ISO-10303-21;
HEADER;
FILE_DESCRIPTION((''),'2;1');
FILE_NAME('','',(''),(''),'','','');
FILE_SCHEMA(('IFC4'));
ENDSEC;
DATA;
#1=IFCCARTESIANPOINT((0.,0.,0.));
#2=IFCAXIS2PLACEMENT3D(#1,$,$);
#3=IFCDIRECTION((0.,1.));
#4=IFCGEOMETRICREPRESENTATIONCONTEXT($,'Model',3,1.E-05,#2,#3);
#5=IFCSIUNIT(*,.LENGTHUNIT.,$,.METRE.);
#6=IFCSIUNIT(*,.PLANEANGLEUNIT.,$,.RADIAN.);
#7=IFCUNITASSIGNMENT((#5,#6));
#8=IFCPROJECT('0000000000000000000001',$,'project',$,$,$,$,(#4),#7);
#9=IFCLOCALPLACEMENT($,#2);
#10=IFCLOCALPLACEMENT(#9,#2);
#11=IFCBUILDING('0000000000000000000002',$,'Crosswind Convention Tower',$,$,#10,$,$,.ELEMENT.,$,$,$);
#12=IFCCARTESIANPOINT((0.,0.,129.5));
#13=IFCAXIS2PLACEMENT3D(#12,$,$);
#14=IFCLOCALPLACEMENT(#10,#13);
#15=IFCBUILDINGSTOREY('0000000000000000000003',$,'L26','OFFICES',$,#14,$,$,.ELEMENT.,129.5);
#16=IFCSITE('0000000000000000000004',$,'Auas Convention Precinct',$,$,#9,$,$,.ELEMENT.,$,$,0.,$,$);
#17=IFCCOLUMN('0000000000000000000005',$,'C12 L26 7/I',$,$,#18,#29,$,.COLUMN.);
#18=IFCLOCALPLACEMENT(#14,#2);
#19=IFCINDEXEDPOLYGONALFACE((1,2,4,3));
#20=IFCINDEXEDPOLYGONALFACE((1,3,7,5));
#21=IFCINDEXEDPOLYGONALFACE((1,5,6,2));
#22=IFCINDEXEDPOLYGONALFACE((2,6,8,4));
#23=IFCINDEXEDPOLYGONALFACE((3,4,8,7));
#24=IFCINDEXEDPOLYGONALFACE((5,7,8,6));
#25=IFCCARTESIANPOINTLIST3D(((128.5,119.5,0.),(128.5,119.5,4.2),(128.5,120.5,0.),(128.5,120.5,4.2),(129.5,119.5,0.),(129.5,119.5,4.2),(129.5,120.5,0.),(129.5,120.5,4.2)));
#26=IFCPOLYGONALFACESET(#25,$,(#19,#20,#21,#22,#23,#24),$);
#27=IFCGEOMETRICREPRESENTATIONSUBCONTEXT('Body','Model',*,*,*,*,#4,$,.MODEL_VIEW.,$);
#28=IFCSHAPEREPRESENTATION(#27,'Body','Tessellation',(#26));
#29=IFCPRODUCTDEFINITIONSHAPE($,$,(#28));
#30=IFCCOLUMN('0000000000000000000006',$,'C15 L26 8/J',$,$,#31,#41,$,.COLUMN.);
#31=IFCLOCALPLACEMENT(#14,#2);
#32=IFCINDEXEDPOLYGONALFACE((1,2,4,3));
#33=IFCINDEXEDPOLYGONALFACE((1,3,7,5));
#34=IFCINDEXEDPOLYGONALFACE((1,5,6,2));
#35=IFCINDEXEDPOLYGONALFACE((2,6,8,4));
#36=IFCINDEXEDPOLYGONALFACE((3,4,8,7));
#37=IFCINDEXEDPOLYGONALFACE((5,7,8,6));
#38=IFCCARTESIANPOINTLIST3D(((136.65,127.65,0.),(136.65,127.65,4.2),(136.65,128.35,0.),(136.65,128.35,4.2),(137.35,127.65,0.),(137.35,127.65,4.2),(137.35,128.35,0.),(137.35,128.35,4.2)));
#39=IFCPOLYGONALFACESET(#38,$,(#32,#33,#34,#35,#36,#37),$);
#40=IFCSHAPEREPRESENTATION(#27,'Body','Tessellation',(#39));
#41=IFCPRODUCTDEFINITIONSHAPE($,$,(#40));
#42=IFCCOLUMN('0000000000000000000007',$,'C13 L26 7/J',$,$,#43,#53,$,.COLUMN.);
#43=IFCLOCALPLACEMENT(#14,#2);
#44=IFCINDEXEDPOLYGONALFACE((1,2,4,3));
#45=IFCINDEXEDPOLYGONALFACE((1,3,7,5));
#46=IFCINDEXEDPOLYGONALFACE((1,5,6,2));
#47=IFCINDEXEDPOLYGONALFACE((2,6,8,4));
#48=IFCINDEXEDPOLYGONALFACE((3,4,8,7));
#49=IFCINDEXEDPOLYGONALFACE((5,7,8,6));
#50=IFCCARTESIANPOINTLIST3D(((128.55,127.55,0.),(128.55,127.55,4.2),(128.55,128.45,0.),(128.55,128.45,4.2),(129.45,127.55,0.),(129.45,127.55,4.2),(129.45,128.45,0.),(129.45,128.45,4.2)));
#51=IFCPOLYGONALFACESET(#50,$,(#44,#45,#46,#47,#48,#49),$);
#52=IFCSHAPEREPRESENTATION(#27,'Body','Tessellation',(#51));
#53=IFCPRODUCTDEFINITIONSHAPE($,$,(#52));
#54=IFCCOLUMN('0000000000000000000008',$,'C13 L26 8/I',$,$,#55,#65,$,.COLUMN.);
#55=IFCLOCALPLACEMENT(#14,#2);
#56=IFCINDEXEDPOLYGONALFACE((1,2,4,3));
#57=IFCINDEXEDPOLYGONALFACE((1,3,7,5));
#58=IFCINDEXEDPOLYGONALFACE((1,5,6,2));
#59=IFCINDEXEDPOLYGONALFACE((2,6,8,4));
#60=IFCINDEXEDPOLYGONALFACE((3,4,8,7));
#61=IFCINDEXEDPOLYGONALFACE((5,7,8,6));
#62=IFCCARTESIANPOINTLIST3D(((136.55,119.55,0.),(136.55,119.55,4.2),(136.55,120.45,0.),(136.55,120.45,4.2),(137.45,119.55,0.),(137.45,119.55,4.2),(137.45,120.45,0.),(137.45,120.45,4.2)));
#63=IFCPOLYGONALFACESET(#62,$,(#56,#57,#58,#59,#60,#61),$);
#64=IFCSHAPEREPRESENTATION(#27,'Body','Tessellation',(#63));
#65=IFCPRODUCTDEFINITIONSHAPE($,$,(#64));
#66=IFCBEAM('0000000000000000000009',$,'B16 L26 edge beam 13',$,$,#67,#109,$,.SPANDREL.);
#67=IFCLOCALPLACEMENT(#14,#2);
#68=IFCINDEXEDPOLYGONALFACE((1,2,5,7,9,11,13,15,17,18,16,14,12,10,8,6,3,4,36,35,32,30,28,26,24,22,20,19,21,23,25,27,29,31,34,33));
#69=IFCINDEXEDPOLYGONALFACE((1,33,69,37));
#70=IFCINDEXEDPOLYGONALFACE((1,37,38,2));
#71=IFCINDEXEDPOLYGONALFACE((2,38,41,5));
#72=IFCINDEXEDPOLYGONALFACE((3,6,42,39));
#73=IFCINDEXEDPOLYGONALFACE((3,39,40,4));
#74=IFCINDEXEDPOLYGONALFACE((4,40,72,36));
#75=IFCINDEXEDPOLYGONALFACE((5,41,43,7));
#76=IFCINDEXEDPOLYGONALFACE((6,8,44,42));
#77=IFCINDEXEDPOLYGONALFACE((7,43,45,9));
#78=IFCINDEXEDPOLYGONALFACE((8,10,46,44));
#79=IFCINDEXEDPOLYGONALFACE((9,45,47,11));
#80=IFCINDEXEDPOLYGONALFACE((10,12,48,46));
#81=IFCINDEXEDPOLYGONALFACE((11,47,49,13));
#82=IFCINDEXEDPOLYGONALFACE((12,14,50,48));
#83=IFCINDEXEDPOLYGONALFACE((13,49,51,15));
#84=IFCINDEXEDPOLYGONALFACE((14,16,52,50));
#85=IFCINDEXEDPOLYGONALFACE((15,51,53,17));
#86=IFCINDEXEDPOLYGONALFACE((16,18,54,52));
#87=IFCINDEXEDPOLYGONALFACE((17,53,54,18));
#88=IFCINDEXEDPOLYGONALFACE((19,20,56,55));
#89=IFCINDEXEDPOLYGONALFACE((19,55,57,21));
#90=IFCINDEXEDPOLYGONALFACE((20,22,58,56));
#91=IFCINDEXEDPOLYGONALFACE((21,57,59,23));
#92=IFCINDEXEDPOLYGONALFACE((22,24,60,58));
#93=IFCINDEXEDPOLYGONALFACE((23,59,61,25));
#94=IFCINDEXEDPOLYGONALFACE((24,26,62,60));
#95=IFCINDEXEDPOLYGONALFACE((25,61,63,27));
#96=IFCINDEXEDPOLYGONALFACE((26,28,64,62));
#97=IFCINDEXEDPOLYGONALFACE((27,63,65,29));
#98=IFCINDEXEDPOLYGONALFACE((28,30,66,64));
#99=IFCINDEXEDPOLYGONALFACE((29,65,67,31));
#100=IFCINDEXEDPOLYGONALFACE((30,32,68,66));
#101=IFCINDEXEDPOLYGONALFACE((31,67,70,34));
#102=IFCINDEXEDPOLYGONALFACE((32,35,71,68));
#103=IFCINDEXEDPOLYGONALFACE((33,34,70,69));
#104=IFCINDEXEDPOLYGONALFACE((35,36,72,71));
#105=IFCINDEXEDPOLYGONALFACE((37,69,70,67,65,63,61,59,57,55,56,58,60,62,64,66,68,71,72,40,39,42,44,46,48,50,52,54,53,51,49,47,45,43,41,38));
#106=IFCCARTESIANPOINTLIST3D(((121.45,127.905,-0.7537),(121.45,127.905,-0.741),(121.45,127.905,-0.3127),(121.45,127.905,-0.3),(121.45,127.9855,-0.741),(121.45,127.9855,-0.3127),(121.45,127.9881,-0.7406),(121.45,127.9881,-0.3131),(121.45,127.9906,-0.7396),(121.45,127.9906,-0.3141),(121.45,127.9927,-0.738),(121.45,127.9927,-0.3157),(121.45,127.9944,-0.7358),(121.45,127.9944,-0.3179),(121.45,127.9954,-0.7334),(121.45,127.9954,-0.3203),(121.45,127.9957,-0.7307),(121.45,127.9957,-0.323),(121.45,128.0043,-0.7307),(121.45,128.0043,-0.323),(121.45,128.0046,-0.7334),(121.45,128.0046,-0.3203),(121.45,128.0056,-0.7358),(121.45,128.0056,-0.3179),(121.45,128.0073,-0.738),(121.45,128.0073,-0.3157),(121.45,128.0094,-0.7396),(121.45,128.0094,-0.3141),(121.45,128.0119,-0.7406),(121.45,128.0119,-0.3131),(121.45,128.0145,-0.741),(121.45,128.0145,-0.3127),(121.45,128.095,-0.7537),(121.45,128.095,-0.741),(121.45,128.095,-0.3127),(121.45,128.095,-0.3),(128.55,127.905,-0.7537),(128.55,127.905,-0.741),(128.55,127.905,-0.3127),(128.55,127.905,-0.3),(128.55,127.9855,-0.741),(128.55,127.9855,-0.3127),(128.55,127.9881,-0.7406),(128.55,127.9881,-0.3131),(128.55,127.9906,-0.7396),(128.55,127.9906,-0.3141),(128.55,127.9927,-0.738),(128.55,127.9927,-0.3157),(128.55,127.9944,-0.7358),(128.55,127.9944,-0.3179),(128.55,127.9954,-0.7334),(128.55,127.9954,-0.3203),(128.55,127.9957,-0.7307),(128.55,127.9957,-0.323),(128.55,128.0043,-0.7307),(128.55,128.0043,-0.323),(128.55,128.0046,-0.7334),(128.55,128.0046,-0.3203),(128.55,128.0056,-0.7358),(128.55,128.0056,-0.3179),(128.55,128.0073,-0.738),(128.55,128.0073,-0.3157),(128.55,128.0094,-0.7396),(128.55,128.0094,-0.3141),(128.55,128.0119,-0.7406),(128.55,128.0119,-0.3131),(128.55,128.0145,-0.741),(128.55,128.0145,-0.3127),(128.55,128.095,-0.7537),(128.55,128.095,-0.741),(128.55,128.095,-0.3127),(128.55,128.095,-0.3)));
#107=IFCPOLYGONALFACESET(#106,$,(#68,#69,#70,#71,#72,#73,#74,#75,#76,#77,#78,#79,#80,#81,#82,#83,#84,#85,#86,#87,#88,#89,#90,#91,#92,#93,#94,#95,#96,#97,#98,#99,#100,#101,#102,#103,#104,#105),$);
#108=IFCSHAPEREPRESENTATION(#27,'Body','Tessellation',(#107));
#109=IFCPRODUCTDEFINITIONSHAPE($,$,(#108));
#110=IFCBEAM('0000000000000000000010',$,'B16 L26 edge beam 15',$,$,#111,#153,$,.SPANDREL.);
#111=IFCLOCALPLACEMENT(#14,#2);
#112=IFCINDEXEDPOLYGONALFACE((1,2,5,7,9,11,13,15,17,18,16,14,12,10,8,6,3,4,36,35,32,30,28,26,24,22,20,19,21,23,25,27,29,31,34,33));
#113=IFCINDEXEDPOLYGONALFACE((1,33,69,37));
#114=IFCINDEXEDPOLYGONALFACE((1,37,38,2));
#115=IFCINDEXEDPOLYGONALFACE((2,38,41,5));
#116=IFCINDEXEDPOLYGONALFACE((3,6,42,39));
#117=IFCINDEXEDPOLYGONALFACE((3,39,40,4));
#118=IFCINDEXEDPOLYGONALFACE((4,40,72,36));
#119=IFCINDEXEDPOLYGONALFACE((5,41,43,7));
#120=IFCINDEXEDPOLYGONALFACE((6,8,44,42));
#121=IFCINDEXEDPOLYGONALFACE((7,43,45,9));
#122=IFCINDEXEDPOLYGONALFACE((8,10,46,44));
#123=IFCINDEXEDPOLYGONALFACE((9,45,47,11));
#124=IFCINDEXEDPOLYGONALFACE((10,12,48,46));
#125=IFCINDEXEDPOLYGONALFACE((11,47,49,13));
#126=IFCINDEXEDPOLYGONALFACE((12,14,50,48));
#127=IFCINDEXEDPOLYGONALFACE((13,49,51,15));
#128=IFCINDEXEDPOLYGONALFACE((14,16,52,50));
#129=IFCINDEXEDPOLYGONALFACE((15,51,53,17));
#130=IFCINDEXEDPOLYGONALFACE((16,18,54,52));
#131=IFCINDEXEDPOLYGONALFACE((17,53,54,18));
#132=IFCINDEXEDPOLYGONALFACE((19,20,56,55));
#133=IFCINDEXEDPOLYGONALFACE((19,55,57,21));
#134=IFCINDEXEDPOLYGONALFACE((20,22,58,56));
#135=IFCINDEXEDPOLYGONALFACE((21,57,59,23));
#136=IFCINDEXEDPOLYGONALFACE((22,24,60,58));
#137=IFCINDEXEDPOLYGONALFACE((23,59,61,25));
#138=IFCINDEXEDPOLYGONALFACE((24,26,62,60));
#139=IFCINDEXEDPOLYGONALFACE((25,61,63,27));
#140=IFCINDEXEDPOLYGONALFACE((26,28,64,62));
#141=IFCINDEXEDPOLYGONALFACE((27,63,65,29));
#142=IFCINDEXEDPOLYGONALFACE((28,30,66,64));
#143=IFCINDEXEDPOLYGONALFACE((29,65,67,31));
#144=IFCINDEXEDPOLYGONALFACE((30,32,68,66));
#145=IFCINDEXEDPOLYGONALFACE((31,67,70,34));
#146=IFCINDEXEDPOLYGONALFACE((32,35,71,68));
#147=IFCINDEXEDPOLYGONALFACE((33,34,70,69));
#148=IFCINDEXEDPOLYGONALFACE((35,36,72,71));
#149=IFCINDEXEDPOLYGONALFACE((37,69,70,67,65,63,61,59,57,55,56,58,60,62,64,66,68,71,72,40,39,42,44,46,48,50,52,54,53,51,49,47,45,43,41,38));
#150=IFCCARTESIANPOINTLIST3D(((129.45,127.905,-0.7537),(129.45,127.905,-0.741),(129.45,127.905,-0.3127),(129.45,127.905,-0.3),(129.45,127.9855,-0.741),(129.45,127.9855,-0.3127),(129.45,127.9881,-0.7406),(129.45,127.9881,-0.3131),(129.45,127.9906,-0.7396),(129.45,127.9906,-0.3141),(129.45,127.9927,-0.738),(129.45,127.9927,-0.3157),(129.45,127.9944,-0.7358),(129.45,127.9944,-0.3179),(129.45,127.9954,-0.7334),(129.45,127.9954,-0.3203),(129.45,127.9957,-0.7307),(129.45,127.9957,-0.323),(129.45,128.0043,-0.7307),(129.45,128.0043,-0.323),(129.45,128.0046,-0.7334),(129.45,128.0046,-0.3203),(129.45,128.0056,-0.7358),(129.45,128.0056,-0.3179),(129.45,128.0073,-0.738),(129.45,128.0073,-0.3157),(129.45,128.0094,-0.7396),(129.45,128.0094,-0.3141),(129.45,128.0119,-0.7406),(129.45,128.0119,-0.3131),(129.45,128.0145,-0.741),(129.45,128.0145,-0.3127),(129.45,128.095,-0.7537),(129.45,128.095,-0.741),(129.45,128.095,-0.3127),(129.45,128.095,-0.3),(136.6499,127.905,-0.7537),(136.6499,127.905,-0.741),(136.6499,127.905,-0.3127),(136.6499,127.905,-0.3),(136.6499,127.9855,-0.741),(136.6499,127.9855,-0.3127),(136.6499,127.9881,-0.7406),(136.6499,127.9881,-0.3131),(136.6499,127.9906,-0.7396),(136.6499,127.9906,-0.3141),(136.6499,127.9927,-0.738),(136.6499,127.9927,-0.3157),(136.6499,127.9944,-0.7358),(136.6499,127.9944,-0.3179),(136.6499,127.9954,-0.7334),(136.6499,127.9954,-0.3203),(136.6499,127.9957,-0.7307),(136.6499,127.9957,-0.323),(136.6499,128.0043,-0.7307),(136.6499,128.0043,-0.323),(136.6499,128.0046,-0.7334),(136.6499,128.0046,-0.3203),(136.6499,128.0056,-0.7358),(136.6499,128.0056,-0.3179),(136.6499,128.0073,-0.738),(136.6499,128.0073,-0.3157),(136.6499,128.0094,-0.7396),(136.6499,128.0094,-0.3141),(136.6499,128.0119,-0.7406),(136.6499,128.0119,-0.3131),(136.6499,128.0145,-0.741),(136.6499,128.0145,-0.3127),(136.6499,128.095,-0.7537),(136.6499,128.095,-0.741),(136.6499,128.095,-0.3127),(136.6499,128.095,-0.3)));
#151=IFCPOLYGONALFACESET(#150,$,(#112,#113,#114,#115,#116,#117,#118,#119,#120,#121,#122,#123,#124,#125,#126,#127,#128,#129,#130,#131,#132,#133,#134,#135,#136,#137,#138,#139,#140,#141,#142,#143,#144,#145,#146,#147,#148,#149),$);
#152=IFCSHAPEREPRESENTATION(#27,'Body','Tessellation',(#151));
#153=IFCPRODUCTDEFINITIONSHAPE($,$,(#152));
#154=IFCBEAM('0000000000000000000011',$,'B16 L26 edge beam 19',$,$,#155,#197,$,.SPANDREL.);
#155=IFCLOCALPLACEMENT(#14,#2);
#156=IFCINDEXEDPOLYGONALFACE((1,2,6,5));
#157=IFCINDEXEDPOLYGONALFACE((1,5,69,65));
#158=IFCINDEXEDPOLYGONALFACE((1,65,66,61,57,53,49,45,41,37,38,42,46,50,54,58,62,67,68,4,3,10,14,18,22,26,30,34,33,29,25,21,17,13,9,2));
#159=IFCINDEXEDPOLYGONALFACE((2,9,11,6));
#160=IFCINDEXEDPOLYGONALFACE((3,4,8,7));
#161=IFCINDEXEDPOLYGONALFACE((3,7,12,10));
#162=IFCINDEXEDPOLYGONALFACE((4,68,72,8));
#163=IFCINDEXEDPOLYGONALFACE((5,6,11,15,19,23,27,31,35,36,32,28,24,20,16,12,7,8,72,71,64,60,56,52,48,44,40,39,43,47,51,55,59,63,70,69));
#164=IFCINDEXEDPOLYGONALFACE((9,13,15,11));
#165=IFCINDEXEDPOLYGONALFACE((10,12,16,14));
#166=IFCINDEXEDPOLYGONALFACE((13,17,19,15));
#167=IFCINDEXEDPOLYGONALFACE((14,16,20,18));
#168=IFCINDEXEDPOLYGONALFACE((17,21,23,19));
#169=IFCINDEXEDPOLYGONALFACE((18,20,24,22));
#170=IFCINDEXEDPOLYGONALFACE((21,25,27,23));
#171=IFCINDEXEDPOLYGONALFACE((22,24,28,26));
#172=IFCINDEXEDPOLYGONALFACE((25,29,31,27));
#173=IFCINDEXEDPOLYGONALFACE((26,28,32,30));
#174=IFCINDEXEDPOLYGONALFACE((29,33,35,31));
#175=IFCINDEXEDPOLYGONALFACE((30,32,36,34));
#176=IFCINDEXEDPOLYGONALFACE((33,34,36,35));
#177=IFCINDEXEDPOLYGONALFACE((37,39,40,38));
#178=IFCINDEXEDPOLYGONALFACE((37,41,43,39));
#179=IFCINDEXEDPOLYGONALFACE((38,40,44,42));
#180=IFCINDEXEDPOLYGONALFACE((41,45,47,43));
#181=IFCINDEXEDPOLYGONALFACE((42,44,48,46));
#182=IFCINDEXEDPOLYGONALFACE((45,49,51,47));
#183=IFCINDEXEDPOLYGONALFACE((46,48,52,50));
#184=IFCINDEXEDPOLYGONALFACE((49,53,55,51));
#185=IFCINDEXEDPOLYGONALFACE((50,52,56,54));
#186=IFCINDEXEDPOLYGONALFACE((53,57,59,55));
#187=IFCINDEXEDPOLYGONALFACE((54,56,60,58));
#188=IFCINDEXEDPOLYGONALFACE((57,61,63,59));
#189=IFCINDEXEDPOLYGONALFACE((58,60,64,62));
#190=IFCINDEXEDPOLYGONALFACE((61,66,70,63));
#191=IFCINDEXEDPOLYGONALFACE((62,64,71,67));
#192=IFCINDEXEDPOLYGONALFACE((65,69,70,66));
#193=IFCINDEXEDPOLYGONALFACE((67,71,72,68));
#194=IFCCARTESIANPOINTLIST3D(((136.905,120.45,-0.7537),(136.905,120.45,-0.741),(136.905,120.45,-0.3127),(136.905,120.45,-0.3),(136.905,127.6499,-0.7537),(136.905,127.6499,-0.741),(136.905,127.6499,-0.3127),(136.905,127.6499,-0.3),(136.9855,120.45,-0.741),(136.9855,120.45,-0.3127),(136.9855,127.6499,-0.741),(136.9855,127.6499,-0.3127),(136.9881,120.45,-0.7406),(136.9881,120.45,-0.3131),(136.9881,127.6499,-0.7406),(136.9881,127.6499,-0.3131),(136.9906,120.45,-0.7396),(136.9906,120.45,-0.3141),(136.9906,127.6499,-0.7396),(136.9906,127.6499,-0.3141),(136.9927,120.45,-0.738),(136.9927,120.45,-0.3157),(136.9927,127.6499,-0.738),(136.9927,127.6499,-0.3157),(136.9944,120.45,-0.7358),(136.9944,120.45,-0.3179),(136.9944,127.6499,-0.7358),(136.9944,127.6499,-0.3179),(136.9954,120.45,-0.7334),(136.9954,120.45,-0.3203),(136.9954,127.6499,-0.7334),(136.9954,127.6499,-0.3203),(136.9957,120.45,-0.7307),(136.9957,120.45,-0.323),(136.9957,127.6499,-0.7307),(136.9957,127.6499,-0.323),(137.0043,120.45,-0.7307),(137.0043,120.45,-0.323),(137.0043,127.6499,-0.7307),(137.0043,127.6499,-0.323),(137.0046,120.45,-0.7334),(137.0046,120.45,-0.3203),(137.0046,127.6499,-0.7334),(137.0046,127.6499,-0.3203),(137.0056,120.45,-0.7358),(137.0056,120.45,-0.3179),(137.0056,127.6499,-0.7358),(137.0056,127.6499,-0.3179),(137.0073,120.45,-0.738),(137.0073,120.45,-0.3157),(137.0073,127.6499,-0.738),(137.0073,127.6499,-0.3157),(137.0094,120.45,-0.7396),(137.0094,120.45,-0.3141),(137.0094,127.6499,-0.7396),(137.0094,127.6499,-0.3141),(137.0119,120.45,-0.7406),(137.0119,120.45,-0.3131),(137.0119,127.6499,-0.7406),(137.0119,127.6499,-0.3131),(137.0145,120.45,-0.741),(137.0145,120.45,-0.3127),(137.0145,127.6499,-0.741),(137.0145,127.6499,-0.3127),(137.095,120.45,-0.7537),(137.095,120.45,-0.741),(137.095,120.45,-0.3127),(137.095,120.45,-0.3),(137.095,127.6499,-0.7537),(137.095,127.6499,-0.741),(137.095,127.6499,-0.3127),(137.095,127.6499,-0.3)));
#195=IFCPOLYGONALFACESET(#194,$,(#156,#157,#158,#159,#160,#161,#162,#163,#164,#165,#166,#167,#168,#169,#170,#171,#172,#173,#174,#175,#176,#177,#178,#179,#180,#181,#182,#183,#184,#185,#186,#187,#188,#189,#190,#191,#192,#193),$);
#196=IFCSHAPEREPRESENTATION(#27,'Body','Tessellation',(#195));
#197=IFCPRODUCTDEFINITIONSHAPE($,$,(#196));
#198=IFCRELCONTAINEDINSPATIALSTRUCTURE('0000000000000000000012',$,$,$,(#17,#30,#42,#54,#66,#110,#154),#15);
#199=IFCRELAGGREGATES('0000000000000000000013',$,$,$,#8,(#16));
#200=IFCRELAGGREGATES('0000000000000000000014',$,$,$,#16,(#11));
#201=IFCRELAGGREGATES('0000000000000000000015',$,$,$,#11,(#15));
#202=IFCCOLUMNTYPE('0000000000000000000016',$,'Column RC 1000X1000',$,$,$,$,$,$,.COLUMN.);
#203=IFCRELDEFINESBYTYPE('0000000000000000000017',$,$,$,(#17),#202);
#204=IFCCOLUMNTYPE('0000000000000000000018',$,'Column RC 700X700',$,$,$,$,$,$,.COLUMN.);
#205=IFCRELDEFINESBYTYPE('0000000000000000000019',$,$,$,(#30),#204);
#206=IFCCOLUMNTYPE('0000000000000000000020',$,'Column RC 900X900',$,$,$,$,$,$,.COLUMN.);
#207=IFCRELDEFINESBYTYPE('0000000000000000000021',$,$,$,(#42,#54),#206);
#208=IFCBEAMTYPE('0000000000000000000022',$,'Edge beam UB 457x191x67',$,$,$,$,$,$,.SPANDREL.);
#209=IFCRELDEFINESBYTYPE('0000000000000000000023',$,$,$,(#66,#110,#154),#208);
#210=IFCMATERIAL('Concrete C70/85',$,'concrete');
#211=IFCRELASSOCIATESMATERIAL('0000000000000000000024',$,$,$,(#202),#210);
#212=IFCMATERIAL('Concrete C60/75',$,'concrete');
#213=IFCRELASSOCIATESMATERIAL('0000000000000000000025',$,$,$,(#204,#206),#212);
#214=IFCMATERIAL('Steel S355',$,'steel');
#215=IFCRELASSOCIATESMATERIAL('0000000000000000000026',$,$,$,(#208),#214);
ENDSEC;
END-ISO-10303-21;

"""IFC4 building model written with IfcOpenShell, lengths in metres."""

from ifc_helpers import new_model, si_unit, direction, frame, origin, origin_2d, place, context, subcontext, project, spatial, rectangle, i_section, extrude, material, material_profile, profile_set, type_object, element, save


model = new_model("IFC4")

# Units and contexts
model_context = context("Model", 3, precision=1e-05, world=origin(), true_north=direction((0.0, 1.0)))
body_context = subcontext(model_context, "Body", "Model", "MODEL_VIEW")
ifc_project = project(units=[si_unit("LENGTHUNIT", "METRE"), si_unit("PLANEANGLEUNIT", "RADIAN")], contexts=[model_context])

# Site, building, storey
site_placement = place(None, origin())
site = spatial("IfcSite", under=ifc_project, at=site_placement, Name="Auas Convention Precinct", CompositionType="ELEMENT", RefElevation=0.0)
building_placement = place(site_placement, origin())
building = spatial("IfcBuilding", under=site, at=building_placement, Name="Crosswind Convention Tower", CompositionType="ELEMENT")
storey_placement = place(building_placement, frame((0.0, 0.0, 129.5)))
storey = spatial("IfcBuildingStorey", under=building, at=storey_placement, Name="L26", Description="OFFICES", CompositionType="ELEMENT", Elevation=129.5)

# Columns
ifc_material_1 = material(Name="Concrete C70/85", Category="concrete")
ifc_material_profile_1 = material_profile(ifc_material_1, rectangle(XDim=1.0, YDim=1.0, at=origin_2d()), Name="RC 1000X1000")
ifc_profile_set_1 = profile_set([ifc_material_profile_1], Name="Concrete C70/85")
column_type_1 = type_object("IfcColumnType", Name="Column RC 1000X1000", PredefinedType="COLUMN", material=ifc_profile_set_1)
column_1_placement = place(storey_placement, frame((129.0, 120.0, 0.0), z_axis=(0.0, 0.0, 1.0), x_axis=(1.0, 0.0, 0.0)))
element("IfcColumn", 1, at=column_1_placement, inside=storey, type_object=column_type_1, Name="C12 L26 7/I", PredefinedType="COLUMN", context=body_context, shape_type="SweptSolid", body=[
    extrude(rectangle(XDim=1.0, YDim=1.0, at=origin_2d()), origin(), (0.0, 0.0, 1.0), 4.2),
])
ifc_material_2 = material(Name="Concrete C60/75", Category="concrete")
ifc_material_profile_2 = material_profile(ifc_material_2, rectangle(XDim=0.7, YDim=0.7, at=origin_2d()), Name="RC 700X700")
ifc_profile_set_2 = profile_set([ifc_material_profile_2], Name="Concrete C60/75")
column_type_2 = type_object("IfcColumnType", Name="Column RC 700X700", PredefinedType="COLUMN", material=ifc_profile_set_2)
column_2_placement = place(storey_placement, frame((137.0, 128.0, 0.0), z_axis=(0.0, 0.0, 1.0), x_axis=(1.0, 0.0, 0.0)))
element("IfcColumn", 2, at=column_2_placement, inside=storey, type_object=column_type_2, Name="C15 L26 8/J", PredefinedType="COLUMN", context=body_context, shape_type="SweptSolid", body=[
    extrude(rectangle(XDim=0.7, YDim=0.7, at=origin_2d()), origin(), (0.0, 0.0, 1.0), 4.2),
])
ifc_material_profile_3 = material_profile(ifc_material_2, rectangle(XDim=0.8999, YDim=0.8999, at=origin_2d()), Name="RC 900X900")
ifc_profile_set_3 = profile_set([ifc_material_profile_3], Name="Concrete C60/75")
column_type_3 = type_object("IfcColumnType", Name="Column RC 900X900", PredefinedType="COLUMN", material=ifc_profile_set_3)
for number, where, z_axis, x_axis, name in (
    (3, (129.0, 128.0, 0.0), (0.0, 0.0, 1.0), (1.0, 0.0, 0.0), "C13 L26 7/J"),
    (4, (137.0, 120.0, 0.0), (0.0, 0.0, 1.0), (1.0, 0.0, 0.0), "C13 L26 8/I"),
):
    element("IfcColumn", number, at=place(storey_placement, frame(where, z_axis=z_axis, x_axis=x_axis)), inside=storey, type_object=column_type_3, Name=name, PredefinedType="COLUMN", context=body_context, shape_type="SweptSolid", body=[
        extrude(rectangle(XDim=0.8999, YDim=0.8999, at=origin_2d()), origin(), (0.0, 0.0, 1.0), 4.2),
    ])

# Beams
ifc_material_3 = material(Name="Steel S355", Category="steel")
ifc_material_profile_4 = material_profile(ifc_material_3, i_section(OverallWidth=0.1899, OverallDepth=0.4536, WebThickness=0.0085, FlangeThickness=0.0127, FilletRadius=0.0103, at=origin_2d()), Name="UB 457x191x67")
ifc_profile_set_4 = profile_set([ifc_material_profile_4], Name="Steel S355")
beam_type_1 = type_object("IfcBeamType", Name="Edge beam UB 457x191x67", PredefinedType="SPANDREL", material=ifc_profile_set_4)
beam_placement = place(storey_placement, frame((121.45, 128.0, -0.5269), z_axis=(1.0, 0.0, 0.0), x_axis=(0.0, 1.0, 0.0)))
element("IfcBeam", 5, at=beam_placement, inside=storey, type_object=beam_type_1, Name="B16 L26 edge beam 13", PredefinedType="SPANDREL", context=body_context, shape_type="SweptSolid", body=[
    extrude(i_section(OverallWidth=0.1899, OverallDepth=0.4536, WebThickness=0.0085, FlangeThickness=0.0127, FilletRadius=0.0103, at=origin_2d()), origin(), (0.0, 0.0, 1.0), 7.1001),
])
for number, where, z_axis, x_axis, name in (
    (6, (129.45, 128.0, -0.5269), (1.0, 0.0, 0.0), (0.0, 1.0, 0.0), "B16 L26 edge beam 15"),
    (7, (137.0, 120.45, -0.5269), (0.0, 1.0, 0.0), (-1.0, 0.0, 0.0), "B16 L26 edge beam 19"),
):
    element("IfcBeam", number, at=place(storey_placement, frame(where, z_axis=z_axis, x_axis=x_axis)), inside=storey, type_object=beam_type_1, Name=name, PredefinedType="SPANDREL", context=body_context, shape_type="SweptSolid", body=[
        extrude(i_section(OverallWidth=0.1899, OverallDepth=0.4536, WebThickness=0.0085, FlangeThickness=0.0127, FilletRadius=0.0103, at=origin_2d()), origin(), (0.0, 0.0, 1.0), 7.2),
    ])

save(model, "model.ifc")
